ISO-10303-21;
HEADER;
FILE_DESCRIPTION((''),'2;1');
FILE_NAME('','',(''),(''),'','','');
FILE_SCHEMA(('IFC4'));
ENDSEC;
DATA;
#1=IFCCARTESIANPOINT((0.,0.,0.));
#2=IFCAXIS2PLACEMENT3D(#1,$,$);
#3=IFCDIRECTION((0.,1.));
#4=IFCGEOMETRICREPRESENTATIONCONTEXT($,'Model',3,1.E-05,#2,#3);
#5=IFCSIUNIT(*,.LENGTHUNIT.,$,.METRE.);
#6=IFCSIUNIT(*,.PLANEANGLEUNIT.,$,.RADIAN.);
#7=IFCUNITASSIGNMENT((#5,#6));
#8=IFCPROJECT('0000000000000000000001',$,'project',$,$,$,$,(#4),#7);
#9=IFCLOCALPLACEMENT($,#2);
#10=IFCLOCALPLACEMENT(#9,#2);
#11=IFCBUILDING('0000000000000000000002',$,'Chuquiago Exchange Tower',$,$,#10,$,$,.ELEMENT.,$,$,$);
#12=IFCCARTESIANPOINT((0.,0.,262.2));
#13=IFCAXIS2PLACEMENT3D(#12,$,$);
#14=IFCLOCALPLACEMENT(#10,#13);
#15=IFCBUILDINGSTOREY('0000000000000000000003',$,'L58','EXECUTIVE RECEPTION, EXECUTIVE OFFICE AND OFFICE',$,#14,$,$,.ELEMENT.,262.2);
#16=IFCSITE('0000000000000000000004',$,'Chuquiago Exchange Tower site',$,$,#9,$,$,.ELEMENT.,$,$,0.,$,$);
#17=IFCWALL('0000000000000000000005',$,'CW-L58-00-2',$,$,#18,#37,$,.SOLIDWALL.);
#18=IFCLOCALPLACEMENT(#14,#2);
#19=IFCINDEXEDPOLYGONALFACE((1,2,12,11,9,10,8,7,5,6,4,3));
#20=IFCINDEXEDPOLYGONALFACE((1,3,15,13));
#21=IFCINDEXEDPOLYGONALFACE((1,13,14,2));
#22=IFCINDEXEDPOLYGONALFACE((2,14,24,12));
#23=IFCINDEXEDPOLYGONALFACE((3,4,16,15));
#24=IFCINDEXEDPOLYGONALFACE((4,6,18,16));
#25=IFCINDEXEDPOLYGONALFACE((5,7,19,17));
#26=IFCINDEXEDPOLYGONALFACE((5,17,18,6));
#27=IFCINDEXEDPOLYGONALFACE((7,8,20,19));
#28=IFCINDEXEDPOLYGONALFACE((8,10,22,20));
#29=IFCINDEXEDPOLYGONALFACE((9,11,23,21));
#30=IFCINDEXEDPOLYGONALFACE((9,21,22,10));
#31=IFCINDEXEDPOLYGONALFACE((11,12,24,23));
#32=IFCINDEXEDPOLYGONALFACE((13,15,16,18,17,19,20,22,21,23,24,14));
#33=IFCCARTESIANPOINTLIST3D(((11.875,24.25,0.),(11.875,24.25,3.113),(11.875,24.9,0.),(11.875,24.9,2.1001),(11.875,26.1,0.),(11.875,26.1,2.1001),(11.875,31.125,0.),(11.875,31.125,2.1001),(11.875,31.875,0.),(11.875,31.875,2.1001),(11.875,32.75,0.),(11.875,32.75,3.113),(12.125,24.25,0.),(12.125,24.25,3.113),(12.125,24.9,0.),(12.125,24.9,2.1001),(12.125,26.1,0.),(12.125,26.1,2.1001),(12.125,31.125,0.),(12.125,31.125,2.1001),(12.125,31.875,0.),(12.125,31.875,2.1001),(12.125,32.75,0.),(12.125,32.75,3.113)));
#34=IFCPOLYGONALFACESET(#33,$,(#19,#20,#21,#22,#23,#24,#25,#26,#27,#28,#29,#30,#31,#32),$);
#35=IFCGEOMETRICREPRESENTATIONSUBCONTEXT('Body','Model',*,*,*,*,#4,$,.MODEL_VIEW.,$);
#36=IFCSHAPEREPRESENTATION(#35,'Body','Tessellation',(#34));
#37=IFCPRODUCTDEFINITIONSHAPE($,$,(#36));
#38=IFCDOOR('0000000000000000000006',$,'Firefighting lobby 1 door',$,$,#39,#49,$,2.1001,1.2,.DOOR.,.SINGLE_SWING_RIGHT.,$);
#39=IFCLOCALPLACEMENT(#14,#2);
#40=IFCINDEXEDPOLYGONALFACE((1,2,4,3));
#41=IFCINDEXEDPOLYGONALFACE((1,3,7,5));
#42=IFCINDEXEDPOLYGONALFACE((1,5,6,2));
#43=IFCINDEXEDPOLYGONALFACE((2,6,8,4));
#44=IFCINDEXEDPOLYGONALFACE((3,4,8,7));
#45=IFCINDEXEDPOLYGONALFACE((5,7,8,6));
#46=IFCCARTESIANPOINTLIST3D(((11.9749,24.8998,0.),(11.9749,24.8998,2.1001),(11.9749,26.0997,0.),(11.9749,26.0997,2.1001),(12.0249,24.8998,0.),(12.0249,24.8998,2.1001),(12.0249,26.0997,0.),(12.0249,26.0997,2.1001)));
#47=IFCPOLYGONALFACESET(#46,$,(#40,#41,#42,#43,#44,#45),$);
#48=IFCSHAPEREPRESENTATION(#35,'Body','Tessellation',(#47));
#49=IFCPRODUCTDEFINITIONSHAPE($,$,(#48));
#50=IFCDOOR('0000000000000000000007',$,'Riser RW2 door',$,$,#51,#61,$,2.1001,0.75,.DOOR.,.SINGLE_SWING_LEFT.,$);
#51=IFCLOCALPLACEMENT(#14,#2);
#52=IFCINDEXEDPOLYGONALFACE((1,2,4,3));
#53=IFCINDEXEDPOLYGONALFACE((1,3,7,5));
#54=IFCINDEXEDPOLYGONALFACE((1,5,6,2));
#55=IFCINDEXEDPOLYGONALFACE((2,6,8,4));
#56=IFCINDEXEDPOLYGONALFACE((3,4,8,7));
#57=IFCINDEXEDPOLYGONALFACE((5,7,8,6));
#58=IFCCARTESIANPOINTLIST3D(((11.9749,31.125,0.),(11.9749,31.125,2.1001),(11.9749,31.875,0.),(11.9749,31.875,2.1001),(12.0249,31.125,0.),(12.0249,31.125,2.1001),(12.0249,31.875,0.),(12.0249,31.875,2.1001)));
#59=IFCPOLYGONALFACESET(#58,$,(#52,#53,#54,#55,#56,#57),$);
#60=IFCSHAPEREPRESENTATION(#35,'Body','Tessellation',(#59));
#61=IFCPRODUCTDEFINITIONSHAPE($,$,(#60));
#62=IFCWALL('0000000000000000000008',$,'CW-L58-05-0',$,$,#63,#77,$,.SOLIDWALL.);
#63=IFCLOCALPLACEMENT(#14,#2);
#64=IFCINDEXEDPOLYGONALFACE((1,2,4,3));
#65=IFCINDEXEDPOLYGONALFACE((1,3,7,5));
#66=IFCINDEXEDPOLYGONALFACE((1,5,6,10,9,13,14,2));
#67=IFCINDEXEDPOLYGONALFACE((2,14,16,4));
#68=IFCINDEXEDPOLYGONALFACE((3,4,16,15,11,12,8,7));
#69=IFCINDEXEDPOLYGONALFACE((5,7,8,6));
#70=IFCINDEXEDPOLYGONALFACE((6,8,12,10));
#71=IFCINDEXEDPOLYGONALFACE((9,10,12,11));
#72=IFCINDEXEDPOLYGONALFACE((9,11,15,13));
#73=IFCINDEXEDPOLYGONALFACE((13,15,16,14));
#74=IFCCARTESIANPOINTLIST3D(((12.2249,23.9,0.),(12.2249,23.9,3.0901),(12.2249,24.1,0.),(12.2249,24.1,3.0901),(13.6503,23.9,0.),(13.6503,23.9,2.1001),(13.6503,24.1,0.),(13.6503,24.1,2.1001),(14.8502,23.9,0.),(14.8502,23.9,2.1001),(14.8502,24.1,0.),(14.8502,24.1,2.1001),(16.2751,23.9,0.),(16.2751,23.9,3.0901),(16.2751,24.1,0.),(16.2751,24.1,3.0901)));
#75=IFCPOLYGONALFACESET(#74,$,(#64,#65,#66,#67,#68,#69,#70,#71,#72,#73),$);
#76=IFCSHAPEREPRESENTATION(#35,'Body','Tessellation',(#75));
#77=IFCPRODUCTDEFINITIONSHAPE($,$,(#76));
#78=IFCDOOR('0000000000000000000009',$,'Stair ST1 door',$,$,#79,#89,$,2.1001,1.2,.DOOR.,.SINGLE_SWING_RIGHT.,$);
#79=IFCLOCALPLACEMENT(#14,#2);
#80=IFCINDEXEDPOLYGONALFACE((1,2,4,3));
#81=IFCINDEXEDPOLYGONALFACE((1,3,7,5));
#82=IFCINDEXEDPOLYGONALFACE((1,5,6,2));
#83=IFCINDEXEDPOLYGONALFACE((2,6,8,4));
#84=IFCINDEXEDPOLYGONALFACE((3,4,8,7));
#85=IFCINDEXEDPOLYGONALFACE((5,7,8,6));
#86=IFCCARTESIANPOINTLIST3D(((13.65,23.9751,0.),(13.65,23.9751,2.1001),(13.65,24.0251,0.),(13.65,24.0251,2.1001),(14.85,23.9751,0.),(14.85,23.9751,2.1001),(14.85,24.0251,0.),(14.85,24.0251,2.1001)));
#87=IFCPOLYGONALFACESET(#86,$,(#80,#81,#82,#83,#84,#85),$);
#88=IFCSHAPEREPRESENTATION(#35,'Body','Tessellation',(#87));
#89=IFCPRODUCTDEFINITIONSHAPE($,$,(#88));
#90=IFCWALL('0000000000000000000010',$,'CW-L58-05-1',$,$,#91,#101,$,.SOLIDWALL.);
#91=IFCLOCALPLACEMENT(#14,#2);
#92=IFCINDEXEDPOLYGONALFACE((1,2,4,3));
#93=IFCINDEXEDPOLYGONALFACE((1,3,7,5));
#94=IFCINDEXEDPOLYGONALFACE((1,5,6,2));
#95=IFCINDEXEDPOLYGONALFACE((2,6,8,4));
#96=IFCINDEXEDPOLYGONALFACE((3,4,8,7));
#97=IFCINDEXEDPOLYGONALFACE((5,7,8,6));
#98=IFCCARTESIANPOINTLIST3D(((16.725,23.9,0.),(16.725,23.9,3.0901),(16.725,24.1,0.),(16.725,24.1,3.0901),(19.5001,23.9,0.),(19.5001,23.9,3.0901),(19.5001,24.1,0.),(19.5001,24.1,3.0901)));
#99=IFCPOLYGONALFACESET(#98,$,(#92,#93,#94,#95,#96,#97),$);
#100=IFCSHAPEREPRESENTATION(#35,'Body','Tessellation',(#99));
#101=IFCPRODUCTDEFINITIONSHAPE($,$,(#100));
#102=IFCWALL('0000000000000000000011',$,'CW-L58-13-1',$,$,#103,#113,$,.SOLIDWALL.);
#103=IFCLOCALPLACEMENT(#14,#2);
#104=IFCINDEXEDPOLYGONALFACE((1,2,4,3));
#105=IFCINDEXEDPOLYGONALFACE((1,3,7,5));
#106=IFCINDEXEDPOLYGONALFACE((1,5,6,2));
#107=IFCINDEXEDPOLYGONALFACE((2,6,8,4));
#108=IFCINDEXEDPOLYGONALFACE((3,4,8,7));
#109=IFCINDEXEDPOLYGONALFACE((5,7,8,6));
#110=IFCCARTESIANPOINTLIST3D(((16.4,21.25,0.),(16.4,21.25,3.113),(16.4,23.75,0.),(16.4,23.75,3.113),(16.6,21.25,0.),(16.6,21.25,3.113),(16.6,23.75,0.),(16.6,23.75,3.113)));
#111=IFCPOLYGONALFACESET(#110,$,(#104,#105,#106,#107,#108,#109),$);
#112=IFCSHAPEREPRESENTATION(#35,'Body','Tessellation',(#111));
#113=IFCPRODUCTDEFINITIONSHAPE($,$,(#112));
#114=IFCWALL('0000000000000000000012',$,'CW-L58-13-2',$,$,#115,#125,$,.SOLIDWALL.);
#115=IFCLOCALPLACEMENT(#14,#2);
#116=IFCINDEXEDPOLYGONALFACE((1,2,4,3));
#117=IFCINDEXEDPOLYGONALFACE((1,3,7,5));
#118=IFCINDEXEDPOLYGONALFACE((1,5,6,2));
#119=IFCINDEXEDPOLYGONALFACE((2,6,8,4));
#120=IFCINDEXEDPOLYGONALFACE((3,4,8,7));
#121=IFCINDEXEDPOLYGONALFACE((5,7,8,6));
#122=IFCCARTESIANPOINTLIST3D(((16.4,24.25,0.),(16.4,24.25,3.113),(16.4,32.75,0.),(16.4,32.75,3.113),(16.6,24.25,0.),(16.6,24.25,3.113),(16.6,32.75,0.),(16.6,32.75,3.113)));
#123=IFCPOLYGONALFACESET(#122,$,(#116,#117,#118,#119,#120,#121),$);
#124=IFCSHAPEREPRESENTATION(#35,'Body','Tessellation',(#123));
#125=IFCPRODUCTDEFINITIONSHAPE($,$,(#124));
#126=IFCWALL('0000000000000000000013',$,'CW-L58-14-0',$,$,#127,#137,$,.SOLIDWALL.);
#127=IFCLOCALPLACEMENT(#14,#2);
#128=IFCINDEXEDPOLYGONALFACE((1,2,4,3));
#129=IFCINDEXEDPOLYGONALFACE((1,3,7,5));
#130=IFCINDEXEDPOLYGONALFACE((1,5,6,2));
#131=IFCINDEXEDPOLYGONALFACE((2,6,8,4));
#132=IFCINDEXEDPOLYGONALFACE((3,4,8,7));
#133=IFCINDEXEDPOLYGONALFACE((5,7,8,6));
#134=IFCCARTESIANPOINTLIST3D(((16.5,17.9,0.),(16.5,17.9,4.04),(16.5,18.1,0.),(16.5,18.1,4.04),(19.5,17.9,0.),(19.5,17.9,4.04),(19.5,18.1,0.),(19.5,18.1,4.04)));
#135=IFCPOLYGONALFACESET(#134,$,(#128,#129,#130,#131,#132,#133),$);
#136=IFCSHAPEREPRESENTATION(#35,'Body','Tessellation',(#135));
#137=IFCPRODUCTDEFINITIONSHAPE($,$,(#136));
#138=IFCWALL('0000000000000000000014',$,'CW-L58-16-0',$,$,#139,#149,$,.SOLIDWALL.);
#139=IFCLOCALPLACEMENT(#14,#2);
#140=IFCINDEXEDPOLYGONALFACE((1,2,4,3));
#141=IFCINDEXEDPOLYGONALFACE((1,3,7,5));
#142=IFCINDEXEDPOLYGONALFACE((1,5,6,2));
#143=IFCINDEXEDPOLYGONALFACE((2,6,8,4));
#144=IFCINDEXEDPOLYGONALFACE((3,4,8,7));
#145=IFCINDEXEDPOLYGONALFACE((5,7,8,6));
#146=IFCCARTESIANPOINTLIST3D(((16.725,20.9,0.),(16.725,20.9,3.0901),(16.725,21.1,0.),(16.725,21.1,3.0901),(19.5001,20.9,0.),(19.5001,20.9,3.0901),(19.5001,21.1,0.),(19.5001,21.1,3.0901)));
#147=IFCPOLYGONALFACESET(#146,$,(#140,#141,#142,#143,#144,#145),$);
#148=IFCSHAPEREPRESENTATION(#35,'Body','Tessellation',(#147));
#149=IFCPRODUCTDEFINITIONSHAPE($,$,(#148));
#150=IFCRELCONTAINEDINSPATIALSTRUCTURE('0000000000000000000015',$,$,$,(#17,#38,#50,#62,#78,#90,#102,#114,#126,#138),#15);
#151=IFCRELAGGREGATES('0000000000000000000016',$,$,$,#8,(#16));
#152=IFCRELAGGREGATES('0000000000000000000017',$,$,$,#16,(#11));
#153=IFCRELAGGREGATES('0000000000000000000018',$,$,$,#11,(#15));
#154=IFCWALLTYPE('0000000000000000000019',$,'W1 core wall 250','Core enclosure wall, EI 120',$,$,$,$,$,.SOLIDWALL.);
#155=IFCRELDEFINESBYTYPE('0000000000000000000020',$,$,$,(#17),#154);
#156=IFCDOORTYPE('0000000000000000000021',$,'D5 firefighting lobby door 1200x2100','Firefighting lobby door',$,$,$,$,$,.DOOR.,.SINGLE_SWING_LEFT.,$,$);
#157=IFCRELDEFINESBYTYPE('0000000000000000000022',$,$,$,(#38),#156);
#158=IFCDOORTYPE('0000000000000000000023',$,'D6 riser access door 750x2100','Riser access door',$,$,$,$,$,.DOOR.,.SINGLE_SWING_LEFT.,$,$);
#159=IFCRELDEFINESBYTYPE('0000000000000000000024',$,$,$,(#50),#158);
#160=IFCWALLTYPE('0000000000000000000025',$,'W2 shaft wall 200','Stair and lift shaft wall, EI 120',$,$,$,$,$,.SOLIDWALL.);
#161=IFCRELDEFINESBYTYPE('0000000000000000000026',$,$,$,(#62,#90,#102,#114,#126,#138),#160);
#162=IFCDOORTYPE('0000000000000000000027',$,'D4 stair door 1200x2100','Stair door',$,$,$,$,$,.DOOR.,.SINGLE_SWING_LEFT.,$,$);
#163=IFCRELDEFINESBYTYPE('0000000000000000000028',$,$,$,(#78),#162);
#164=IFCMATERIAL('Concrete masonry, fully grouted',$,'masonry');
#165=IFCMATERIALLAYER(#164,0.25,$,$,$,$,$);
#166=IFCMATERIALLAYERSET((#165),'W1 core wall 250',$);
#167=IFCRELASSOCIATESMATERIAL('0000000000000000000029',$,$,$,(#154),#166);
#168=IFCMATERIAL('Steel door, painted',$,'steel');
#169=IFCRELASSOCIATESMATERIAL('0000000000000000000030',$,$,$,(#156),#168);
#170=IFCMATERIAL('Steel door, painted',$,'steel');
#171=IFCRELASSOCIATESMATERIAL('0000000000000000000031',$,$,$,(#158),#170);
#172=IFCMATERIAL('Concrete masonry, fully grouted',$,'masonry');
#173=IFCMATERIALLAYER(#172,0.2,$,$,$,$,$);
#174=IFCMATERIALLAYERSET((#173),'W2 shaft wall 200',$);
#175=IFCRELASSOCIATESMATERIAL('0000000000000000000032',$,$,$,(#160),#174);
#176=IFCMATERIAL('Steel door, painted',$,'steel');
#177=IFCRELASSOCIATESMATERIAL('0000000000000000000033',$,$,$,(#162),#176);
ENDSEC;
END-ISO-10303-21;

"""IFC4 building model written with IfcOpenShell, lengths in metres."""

from ifc_helpers import new_model, si_unit, direction, frame, frame_2d, origin, place, context, subcontext, project, spatial, rectangle, extrude, material, layer, layer_set, type_object, element, fill, save


model = new_model("IFC4")

# Units and contexts
model_context = context("Model", 3, precision=1e-05, world=origin(), true_north=direction((0.0, 1.0)))
body_context = subcontext(model_context, "Body", "Model", "MODEL_VIEW")
ifc_project = project(units=[si_unit("LENGTHUNIT", "METRE"), si_unit("PLANEANGLEUNIT", "RADIAN")], contexts=[model_context])

# Site, building, storey
site_placement = place(None, origin())
site = spatial("IfcSite", under=ifc_project, at=site_placement, Name="Chuquiago Exchange Tower site", CompositionType="ELEMENT", RefElevation=0.0)
building_placement = place(site_placement, origin())
building = spatial("IfcBuilding", under=site, at=building_placement, Name="Chuquiago Exchange Tower", CompositionType="ELEMENT")
storey_placement = place(building_placement, frame((0.0, 0.0, 262.2)))
storey = spatial("IfcBuildingStorey", under=building, at=storey_placement, Name="L58", Description="EXECUTIVE RECEPTION, EXECUTIVE OFFICE AND OFFICE", CompositionType="ELEMENT", Elevation=262.2)

# Shared definitions
ifc_material_1 = material(Name="Concrete masonry, fully grouted", Category="masonry")
ifc_layer_1 = layer(ifc_material_1, 0.25)
ifc_layer_set_1 = layer_set([ifc_layer_1], Name="W1 core wall 250")
wall_type_1 = type_object("IfcWallType", Name="W1 core wall 250", Description="Core enclosure wall, EI 120", PredefinedType="SOLIDWALL", material=ifc_layer_set_1)

# Wall, openings, doors
wall_1_placement = place(storey_placement, frame((12.0, 24.25, 0.0), z_axis=(0.0, 0.0, 1.0), x_axis=(0.0, 1.0, 0.0)))
wall_1 = element("IfcWall", 1, at=wall_1_placement, inside=storey, type_object=wall_type_1, Name="CW-L58-00-2", PredefinedType="SOLIDWALL", context=body_context, shape_type="SweptSolid", body=[
    extrude(rectangle(XDim=8.5, YDim=0.25, at=frame_2d((4.25, 0.0))), origin(), (0.0, 0.0, 1.0), 3.113),
])
opening_1_placement = place(wall_1_placement, frame((0.6499, 0.0, 0.0)))
opening_1 = element("IfcOpeningElement", 2, at=opening_1_placement, cuts=wall_1, PredefinedType="OPENING", context=body_context, shape_type="SweptSolid", body=[
    extrude(rectangle(XDim=1.2, YDim=2.1001, at=frame_2d((0.6001, 1.05))), frame((0.0, 0.135, 0.0), z_axis=(0.0, -1.0, 0.0), x_axis=(1.0, 0.0, 0.0)), (0.0, 0.0, 1.0), 0.27),
])
opening_2_placement = place(wall_1_placement, frame((6.875, 0.0, 0.0)))
opening_2 = element("IfcOpeningElement", 3, at=opening_2_placement, cuts=wall_1, PredefinedType="OPENING", context=body_context, shape_type="SweptSolid", body=[
    extrude(rectangle(XDim=0.75, YDim=2.1001, at=frame_2d((0.375, 1.05))), frame((0.0, 0.135, 0.0), z_axis=(0.0, -1.0, 0.0), x_axis=(1.0, 0.0, 0.0)), (0.0, 0.0, 1.0), 0.27),
])
ifc_material_2 = material(Name="Steel door, painted", Category="steel")
door_type_1 = type_object("IfcDoorType", Name="D5 firefighting lobby door 1200x2100", Description="Firefighting lobby door", OperationType="SINGLE_SWING_LEFT", PredefinedType="DOOR", material=ifc_material_2)
door_1_placement = place(opening_1_placement, frame((1.2, 0.0, 0.0), z_axis=(0.0, 0.0, 1.0), x_axis=(-1.0, 0.0, 0.0)))
door_1 = element("IfcDoor", 4, at=door_1_placement, inside=storey, type_object=door_type_1, Name="Firefighting lobby 1 door", OperationType="SINGLE_SWING_RIGHT", OverallHeight=2.1001, OverallWidth=1.2, PredefinedType="DOOR", context=body_context, shape_type="SweptSolid", body=[
    extrude(rectangle(XDim=1.2, YDim=2.1001, at=frame_2d((0.6001, 1.05))), frame((0.0, 0.0249, 0.0), z_axis=(0.0, -1.0, 0.0), x_axis=(1.0, 0.0, 0.0)), (0.0, 0.0, 1.0), 0.05),
])
fill(opening_1, door_1)
ifc_material_3 = material(Name="Steel door, painted", Category="steel")
door_type_2 = type_object("IfcDoorType", Name="D6 riser access door 750x2100", Description="Riser access door", OperationType="SINGLE_SWING_LEFT", PredefinedType="DOOR", material=ifc_material_3)
door_2_placement = place(opening_2_placement, frame((0.75, 0.0, 0.0), z_axis=(0.0, 0.0, 1.0), x_axis=(-1.0, 0.0, 0.0)))
door_2 = element("IfcDoor", 5, at=door_2_placement, inside=storey, type_object=door_type_2, Name="Riser RW2 door", OperationType="SINGLE_SWING_LEFT", OverallHeight=2.1001, OverallWidth=0.75, PredefinedType="DOOR", context=body_context, shape_type="SweptSolid", body=[
    extrude(rectangle(XDim=0.75, YDim=2.1001, at=frame_2d((0.375, 1.05))), frame((0.0, 0.0249, 0.0), z_axis=(0.0, -1.0, 0.0), x_axis=(1.0, 0.0, 0.0)), (0.0, 0.0, 1.0), 0.05),
])
fill(opening_2, door_2)

# Wall, opening, door
ifc_material_4 = material(Name="Concrete masonry, fully grouted", Category="masonry")
ifc_layer_2 = layer(ifc_material_4, 0.2)
ifc_layer_set_2 = layer_set([ifc_layer_2], Name="W2 shaft wall 200")
wall_type_2 = type_object("IfcWallType", Name="W2 shaft wall 200", Description="Stair and lift shaft wall, EI 120", PredefinedType="SOLIDWALL", material=ifc_layer_set_2)
wall_2_placement = place(storey_placement, frame((12.2249, 24.0, 0.0), z_axis=(0.0, 0.0, 1.0), x_axis=(1.0, 0.0, 0.0)))
wall_2 = element("IfcWall", 6, at=wall_2_placement, inside=storey, type_object=wall_type_2, Name="CW-L58-05-0", PredefinedType="SOLIDWALL", context=body_context, shape_type="SweptSolid", body=[
    extrude(rectangle(XDim=4.0503, YDim=0.2, at=frame_2d((2.0251, 0.0))), origin(), (0.0, 0.0, 1.0), 3.0901),
])
opening_3_placement = place(wall_2_placement, frame((1.4253, 0.0, 0.0)))
opening_3 = element("IfcOpeningElement", 7, at=opening_3_placement, cuts=wall_2, PredefinedType="OPENING", context=body_context, shape_type="SweptSolid", body=[
    extrude(rectangle(XDim=1.2, YDim=2.1001, at=frame_2d((0.6001, 1.05))), frame((0.0, 0.1099, 0.0), z_axis=(0.0, -1.0, 0.0), x_axis=(1.0, 0.0, 0.0)), (0.0, 0.0, 1.0), 0.22),
])
ifc_material_5 = material(Name="Steel door, painted", Category="steel")
door_type_3 = type_object("IfcDoorType", Name="D4 stair door 1200x2100", Description="Stair door", OperationType="SINGLE_SWING_LEFT", PredefinedType="DOOR", material=ifc_material_5)
door_3_placement = place(opening_3_placement, frame((1.2, 0.0, 0.0), z_axis=(0.0, 0.0, 1.0), x_axis=(-1.0, 0.0, 0.0)))
door_3 = element("IfcDoor", 8, at=door_3_placement, inside=storey, type_object=door_type_3, Name="Stair ST1 door", OperationType="SINGLE_SWING_RIGHT", OverallHeight=2.1001, OverallWidth=1.2, PredefinedType="DOOR", context=body_context, shape_type="SweptSolid", body=[
    extrude(rectangle(XDim=1.2, YDim=2.1001, at=frame_2d((0.6001, 1.05))), frame((0.0, 0.0249, 0.0), z_axis=(0.0, -1.0, 0.0), x_axis=(1.0, 0.0, 0.0)), (0.0, 0.0, 1.0), 0.05),
])
fill(opening_3, door_3)

# Walls
wall_3_placement = place(storey_placement, frame((16.7249, 24.0, 0.0), z_axis=(0.0, 0.0, 1.0), x_axis=(1.0, 0.0, 0.0)))
element("IfcWall", 9, at=wall_3_placement, inside=storey, type_object=wall_type_2, Name="CW-L58-05-1", PredefinedType="SOLIDWALL", context=body_context, shape_type="SweptSolid", body=[
    extrude(rectangle(XDim=2.7751, YDim=0.2, at=frame_2d((1.3877, 0.0))), origin(), (0.0, 0.0, 1.0), 3.0901),
])
wall_4_placement = place(storey_placement, frame((16.5, 21.25, 0.0), z_axis=(0.0, 0.0, 1.0), x_axis=(0.0, 1.0, 0.0)))
element("IfcWall", 10, at=wall_4_placement, inside=storey, type_object=wall_type_2, Name="CW-L58-13-1", PredefinedType="SOLIDWALL", context=body_context, shape_type="SweptSolid", body=[
    extrude(rectangle(XDim=2.5, YDim=0.2, at=frame_2d((1.25, 0.0))), origin(), (0.0, 0.0, 1.0), 3.113),
])
wall_5_placement = place(storey_placement, frame((16.5, 24.25, 0.0), z_axis=(0.0, 0.0, 1.0), x_axis=(0.0, 1.0, 0.0)))
element("IfcWall", 11, at=wall_5_placement, inside=storey, type_object=wall_type_2, Name="CW-L58-13-2", PredefinedType="SOLIDWALL", context=body_context, shape_type="SweptSolid", body=[
    extrude(rectangle(XDim=8.5, YDim=0.2, at=frame_2d((4.25, 0.0))), origin(), (0.0, 0.0, 1.0), 3.113),
])
wall_6_placement = place(storey_placement, frame((16.5, 18.0, 0.0), z_axis=(0.0, 0.0, 1.0), x_axis=(1.0, 0.0, 0.0)))
element("IfcWall", 12, at=wall_6_placement, inside=storey, type_object=wall_type_2, Name="CW-L58-14-0", PredefinedType="SOLIDWALL", context=body_context, shape_type="SweptSolid", body=[
    extrude(rectangle(XDim=3.0, YDim=0.2, at=frame_2d((1.5, 0.0))), origin(), (0.0, 0.0, 1.0), 4.04),
])
wall_7_placement = place(storey_placement, frame((16.7249, 21.0, 0.0), z_axis=(0.0, 0.0, 1.0), x_axis=(1.0, 0.0, 0.0)))
element("IfcWall", 13, at=wall_7_placement, inside=storey, type_object=wall_type_2, Name="CW-L58-16-0", PredefinedType="SOLIDWALL", context=body_context, shape_type="SweptSolid", body=[
    extrude(rectangle(XDim=2.7751, YDim=0.2, at=frame_2d((1.3877, 0.0))), origin(), (0.0, 0.0, 1.0), 3.0901),
])

save(model, "model.ifc")
